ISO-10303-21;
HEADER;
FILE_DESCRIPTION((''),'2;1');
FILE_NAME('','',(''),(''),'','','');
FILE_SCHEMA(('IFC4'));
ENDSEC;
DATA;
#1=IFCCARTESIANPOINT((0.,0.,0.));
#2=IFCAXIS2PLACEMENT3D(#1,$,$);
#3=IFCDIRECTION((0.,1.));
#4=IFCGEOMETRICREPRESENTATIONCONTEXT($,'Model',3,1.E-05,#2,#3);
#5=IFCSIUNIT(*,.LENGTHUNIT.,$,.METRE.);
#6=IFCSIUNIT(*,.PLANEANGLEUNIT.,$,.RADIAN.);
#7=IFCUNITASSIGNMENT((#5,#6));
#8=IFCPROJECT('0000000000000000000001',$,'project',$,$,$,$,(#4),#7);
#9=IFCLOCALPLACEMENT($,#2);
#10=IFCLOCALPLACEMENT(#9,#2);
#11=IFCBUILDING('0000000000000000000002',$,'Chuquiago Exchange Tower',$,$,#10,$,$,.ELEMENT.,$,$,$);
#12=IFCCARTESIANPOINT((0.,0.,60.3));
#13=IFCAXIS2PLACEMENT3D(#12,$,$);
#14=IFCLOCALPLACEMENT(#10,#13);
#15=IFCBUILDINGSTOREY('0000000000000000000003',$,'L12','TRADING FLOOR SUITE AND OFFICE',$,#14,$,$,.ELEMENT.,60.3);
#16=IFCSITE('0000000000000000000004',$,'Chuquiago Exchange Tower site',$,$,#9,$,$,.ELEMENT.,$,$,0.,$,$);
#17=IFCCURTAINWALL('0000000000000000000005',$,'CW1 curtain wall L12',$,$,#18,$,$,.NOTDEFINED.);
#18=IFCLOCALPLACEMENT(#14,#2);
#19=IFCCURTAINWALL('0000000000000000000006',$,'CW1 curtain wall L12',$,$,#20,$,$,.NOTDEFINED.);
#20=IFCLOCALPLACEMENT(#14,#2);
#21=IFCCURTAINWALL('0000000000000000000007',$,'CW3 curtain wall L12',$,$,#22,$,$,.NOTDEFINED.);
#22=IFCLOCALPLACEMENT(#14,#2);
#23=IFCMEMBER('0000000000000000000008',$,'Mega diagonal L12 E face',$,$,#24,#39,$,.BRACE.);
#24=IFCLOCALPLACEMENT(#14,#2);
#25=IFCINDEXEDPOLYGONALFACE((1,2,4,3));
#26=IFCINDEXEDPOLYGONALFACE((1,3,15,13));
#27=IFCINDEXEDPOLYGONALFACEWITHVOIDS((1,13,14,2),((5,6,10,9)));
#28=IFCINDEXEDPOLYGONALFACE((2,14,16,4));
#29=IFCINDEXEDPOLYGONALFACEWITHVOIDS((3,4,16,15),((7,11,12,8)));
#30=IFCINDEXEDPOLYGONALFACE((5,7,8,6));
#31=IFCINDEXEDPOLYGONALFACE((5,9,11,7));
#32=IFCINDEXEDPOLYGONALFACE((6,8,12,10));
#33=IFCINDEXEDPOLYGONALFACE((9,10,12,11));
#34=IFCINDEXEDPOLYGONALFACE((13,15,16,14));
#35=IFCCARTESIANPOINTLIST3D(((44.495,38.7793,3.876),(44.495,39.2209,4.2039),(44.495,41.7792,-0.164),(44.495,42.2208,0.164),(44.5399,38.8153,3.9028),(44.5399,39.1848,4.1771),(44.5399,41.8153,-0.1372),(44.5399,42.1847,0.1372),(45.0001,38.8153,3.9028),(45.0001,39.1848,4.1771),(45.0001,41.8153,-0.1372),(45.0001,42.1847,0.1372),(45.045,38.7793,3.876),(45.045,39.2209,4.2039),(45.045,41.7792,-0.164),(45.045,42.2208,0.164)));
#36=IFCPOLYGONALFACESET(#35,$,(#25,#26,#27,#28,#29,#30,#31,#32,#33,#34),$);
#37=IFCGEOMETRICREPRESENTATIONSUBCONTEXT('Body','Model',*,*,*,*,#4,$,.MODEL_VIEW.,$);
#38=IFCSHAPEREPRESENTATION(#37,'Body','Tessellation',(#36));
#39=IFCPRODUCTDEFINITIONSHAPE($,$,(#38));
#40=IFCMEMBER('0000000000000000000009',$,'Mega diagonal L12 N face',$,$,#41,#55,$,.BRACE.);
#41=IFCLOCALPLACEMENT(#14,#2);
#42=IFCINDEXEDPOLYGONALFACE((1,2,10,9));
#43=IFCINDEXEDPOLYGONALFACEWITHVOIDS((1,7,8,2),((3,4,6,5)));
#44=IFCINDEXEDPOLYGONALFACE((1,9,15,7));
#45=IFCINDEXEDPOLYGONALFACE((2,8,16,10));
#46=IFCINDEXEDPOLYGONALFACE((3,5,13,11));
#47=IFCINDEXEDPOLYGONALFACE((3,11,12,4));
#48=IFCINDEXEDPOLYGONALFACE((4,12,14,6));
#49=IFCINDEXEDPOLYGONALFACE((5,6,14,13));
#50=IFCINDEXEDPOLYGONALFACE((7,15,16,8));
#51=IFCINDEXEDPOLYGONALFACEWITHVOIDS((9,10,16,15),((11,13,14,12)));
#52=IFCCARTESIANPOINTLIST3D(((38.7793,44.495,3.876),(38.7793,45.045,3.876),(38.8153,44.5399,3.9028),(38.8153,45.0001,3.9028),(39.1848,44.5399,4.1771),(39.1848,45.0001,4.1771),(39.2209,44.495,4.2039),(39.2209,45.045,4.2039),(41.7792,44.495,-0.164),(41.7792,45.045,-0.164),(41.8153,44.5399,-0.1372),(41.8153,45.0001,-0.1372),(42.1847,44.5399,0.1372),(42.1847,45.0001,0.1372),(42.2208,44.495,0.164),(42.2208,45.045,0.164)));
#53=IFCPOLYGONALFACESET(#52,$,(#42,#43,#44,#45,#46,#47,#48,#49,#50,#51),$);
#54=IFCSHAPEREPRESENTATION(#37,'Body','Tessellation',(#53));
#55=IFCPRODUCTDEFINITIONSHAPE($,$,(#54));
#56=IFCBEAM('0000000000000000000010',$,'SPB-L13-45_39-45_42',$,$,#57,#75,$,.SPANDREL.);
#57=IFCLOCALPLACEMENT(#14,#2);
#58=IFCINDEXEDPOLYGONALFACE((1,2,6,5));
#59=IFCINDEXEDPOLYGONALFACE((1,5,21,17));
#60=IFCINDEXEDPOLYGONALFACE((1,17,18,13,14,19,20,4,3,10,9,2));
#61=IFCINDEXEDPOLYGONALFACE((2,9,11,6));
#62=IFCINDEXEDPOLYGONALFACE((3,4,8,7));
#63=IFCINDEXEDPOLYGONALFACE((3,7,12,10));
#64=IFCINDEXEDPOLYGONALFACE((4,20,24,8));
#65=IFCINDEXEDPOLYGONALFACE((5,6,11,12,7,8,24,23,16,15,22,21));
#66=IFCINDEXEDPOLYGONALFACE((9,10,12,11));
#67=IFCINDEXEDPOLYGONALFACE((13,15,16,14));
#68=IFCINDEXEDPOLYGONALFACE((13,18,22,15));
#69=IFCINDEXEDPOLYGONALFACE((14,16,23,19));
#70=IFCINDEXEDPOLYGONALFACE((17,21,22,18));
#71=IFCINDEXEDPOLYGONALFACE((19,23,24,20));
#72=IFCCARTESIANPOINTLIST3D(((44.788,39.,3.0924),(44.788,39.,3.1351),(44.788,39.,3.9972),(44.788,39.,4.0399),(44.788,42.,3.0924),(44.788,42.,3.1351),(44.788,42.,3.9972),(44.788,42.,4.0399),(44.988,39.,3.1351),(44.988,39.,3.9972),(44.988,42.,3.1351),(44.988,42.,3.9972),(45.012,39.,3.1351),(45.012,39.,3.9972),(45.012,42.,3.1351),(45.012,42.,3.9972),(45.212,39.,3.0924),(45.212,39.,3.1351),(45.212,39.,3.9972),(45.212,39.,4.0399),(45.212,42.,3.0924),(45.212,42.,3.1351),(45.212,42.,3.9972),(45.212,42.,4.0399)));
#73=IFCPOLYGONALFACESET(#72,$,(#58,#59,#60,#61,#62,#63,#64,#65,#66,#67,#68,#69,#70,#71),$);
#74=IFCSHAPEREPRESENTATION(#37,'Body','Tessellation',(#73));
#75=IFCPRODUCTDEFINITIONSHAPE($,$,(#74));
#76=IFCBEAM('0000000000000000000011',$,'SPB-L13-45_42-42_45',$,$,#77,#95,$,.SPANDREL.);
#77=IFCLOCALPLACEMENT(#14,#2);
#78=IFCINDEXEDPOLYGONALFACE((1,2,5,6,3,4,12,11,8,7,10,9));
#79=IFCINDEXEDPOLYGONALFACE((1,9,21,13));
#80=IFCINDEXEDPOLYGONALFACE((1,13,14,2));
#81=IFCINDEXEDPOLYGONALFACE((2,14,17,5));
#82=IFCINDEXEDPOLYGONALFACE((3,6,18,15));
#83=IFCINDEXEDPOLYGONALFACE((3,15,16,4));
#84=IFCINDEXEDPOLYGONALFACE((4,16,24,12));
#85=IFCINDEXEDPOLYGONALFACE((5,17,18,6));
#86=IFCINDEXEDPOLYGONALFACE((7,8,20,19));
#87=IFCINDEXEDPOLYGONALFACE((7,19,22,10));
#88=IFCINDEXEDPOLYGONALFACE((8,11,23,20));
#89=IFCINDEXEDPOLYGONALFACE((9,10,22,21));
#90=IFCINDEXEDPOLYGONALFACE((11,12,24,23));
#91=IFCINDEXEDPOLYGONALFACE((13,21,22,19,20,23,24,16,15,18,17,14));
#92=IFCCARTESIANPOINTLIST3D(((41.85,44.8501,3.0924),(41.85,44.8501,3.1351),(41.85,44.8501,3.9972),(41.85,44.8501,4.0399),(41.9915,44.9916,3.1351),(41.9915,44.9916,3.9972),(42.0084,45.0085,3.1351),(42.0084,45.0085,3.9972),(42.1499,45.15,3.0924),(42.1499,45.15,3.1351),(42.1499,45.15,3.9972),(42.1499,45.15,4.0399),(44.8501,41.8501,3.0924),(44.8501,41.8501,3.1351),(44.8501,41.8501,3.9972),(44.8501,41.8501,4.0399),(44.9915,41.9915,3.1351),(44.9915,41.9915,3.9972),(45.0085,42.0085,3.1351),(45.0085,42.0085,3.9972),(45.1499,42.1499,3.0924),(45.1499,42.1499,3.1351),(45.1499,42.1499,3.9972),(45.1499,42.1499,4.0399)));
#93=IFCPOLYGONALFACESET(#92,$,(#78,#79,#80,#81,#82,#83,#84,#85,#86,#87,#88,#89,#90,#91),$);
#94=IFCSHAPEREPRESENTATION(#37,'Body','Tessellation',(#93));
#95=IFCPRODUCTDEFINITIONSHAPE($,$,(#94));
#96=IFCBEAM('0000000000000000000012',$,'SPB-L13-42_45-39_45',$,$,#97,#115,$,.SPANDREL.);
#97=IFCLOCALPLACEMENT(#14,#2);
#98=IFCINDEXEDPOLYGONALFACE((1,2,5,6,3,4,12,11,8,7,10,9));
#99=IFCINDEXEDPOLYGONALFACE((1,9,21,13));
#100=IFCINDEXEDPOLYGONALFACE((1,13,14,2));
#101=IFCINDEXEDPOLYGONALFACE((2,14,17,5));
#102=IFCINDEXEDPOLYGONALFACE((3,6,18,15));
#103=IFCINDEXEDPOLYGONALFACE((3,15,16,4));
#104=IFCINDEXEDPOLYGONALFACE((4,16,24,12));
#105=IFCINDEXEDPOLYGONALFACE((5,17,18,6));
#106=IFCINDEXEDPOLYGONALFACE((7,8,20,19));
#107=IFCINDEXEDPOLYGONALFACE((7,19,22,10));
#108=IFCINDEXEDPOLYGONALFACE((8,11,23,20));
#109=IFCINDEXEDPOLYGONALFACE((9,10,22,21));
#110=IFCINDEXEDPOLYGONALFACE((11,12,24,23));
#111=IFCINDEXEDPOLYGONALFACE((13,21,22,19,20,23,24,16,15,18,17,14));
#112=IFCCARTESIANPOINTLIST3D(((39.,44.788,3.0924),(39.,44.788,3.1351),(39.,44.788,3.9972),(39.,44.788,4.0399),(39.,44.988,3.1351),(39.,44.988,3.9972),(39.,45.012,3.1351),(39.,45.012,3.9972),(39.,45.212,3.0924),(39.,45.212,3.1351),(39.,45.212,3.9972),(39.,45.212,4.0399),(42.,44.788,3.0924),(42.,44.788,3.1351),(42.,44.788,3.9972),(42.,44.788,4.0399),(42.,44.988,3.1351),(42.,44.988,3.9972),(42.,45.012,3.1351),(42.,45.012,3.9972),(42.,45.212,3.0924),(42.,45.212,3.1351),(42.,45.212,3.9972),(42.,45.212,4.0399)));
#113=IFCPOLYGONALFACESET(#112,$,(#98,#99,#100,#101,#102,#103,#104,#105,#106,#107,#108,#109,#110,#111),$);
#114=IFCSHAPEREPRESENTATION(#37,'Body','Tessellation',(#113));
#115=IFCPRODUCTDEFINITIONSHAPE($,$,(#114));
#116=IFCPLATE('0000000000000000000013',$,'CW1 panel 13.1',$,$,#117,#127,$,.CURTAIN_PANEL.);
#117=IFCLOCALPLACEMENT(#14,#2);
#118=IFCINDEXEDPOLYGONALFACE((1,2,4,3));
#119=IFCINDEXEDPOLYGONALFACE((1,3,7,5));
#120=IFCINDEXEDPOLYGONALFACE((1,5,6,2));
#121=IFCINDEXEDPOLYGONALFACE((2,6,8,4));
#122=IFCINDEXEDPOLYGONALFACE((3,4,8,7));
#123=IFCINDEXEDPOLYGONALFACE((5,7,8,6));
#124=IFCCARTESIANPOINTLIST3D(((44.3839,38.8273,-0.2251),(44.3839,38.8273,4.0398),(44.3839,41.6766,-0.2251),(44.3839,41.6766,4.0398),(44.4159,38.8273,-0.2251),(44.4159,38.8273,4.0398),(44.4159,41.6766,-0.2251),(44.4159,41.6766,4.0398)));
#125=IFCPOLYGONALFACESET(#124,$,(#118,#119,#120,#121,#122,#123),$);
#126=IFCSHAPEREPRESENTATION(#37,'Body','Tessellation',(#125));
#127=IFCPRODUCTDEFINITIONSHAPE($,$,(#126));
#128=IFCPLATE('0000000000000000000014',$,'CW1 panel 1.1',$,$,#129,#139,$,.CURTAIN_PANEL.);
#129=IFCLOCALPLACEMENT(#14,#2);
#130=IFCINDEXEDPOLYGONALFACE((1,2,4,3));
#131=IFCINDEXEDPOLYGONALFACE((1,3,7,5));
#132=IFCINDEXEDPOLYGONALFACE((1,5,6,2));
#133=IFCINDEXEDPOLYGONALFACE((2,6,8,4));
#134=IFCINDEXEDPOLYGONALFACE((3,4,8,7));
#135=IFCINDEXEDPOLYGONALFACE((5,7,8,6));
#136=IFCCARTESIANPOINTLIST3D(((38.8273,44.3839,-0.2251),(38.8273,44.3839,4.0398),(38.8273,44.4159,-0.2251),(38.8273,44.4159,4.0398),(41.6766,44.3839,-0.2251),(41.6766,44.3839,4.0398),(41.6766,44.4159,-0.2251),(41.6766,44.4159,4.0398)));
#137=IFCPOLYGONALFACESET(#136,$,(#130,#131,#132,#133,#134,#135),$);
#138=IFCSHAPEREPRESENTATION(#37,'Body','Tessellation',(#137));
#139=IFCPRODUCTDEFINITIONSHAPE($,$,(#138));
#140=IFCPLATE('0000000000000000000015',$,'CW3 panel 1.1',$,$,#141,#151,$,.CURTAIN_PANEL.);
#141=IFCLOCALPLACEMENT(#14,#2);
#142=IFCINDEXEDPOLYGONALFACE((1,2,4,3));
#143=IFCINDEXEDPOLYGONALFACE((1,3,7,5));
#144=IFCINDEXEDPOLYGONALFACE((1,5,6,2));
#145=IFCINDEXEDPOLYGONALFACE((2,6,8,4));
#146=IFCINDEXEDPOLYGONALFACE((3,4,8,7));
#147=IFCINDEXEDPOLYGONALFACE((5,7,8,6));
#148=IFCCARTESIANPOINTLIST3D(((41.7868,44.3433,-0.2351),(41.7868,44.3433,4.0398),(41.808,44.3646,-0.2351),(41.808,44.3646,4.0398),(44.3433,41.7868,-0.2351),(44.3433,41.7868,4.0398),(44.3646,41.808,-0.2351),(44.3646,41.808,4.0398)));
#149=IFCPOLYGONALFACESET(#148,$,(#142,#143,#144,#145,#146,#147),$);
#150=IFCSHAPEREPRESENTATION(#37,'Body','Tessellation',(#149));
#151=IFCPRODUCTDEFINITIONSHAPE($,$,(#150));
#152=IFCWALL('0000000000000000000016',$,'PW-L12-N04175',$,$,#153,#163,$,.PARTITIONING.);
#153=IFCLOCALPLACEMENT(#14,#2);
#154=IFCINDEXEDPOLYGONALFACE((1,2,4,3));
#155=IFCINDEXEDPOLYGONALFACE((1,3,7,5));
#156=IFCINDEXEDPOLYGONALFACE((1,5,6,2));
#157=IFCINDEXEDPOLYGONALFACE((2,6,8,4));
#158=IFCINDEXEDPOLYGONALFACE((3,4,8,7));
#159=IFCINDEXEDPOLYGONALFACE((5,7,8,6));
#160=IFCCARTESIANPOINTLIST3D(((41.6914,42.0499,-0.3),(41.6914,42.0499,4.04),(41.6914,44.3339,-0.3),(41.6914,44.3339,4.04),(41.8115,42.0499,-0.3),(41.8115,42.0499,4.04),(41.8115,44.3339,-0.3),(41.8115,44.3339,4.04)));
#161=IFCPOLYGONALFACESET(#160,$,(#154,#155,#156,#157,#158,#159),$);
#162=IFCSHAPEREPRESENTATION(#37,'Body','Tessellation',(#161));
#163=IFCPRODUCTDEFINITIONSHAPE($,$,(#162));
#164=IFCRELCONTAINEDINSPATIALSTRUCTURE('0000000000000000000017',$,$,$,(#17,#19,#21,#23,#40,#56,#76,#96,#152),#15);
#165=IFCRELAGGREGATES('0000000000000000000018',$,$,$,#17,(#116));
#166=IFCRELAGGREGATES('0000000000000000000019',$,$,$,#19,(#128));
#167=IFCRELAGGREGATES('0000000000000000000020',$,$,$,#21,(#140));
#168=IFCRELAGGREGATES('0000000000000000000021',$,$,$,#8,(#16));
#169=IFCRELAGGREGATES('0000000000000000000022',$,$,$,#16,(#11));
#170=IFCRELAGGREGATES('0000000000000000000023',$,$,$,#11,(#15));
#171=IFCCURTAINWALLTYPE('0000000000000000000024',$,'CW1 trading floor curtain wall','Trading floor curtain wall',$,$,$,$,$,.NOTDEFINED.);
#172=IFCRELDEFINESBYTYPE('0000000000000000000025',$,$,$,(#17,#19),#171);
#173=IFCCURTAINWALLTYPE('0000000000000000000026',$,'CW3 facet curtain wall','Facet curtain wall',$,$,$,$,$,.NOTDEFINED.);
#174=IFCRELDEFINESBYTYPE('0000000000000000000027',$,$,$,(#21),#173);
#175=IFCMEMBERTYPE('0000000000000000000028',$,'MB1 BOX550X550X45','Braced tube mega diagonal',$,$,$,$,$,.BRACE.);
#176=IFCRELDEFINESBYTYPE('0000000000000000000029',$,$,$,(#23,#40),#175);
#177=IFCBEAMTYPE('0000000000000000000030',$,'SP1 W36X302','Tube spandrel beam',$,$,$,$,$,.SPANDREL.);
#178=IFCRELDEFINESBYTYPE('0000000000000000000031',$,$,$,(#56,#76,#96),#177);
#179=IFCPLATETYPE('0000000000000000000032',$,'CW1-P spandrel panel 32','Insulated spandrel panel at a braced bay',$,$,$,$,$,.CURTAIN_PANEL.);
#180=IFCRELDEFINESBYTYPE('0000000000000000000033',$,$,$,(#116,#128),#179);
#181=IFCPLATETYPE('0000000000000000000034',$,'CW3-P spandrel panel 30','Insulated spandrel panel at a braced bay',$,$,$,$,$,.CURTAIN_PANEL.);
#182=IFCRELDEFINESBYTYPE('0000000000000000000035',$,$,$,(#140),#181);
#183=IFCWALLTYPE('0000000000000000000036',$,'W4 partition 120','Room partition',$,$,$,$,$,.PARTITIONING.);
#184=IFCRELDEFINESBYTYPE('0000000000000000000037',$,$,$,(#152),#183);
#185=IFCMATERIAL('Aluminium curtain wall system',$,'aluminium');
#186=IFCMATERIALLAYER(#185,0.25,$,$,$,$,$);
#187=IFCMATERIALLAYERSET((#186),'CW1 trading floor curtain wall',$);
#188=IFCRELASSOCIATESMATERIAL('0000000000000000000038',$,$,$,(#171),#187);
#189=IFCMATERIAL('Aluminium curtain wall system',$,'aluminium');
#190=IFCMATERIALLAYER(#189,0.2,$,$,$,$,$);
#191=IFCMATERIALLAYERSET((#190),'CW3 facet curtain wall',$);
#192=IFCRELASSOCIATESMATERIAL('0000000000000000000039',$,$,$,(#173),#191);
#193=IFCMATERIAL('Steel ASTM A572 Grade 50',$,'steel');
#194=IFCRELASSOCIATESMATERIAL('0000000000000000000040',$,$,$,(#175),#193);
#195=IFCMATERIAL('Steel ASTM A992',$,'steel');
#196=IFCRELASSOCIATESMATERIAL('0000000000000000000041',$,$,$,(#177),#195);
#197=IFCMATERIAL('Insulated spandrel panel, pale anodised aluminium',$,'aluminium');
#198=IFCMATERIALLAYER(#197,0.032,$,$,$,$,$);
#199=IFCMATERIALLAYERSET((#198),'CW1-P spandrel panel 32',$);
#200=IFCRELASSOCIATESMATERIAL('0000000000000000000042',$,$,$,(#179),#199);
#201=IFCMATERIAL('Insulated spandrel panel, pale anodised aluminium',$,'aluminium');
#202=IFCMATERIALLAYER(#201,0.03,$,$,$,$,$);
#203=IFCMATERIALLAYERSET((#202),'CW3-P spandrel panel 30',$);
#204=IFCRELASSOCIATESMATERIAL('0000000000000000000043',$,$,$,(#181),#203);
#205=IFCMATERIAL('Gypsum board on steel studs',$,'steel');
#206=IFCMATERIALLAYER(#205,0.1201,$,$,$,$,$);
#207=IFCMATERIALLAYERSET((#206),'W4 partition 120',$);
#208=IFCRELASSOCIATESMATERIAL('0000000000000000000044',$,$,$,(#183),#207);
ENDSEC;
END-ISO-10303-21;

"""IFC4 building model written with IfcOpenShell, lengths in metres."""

from ifc_helpers import new_model, si_unit, direction, frame, frame_2d, origin, origin_2d, place, context, subcontext, project, spatial, rectangle, hollow_rectangle, i_section, extrude, material, layer, layer_set, material_profile, profile_set, type_object, element, aggregate, save


model = new_model("IFC4")

# Units and contexts
model_context = context("Model", 3, precision=1e-05, world=origin(), true_north=direction((0.0, 1.0)))
body_context = subcontext(model_context, "Body", "Model", "MODEL_VIEW")
ifc_project = project(units=[si_unit("LENGTHUNIT", "METRE"), si_unit("PLANEANGLEUNIT", "RADIAN")], contexts=[model_context])

# Site, building, storey
site_placement = place(None, origin())
site = spatial("IfcSite", under=ifc_project, at=site_placement, Name="Chuquiago Exchange Tower site", CompositionType="ELEMENT", RefElevation=0.0)
building_placement = place(site_placement, origin())
building = spatial("IfcBuilding", under=site, at=building_placement, Name="Chuquiago Exchange Tower", CompositionType="ELEMENT")
storey_placement = place(building_placement, frame((0.0, 0.0, 60.3)))
storey = spatial("IfcBuildingStorey", under=building, at=storey_placement, Name="L12", Description="TRADING FLOOR SUITE AND OFFICE", CompositionType="ELEMENT", Elevation=60.3)

# Curtain walls
ifc_material_1 = material(Name="Aluminium curtain wall system", Category="aluminium")
ifc_layer_1 = layer(ifc_material_1, 0.25)
ifc_layer_set_1 = layer_set([ifc_layer_1], Name="CW1 trading floor curtain wall")
curtain_wall_type_1 = type_object("IfcCurtainWallType", Name="CW1 trading floor curtain wall", Description="Trading floor curtain wall", PredefinedType="NOTDEFINED", material=ifc_layer_set_1)
curtain_wall_1_placement = place(storey_placement, origin())
curtain_wall_1 = element("IfcCurtainWall", 1, at=curtain_wall_1_placement, inside=storey, type_object=curtain_wall_type_1, Name="CW1 curtain wall L12", PredefinedType="NOTDEFINED")
curtain_wall_2_placement = place(storey_placement, origin())
curtain_wall_2 = element("IfcCurtainWall", 2, at=curtain_wall_2_placement, inside=storey, type_object=curtain_wall_type_1, Name="CW1 curtain wall L12", PredefinedType="NOTDEFINED")

# Curtain wall
ifc_material_2 = material(Name="Aluminium curtain wall system", Category="aluminium")
ifc_layer_2 = layer(ifc_material_2, 0.2)
ifc_layer_set_2 = layer_set([ifc_layer_2], Name="CW3 facet curtain wall")
curtain_wall_type_2 = type_object("IfcCurtainWallType", Name="CW3 facet curtain wall", Description="Facet curtain wall", PredefinedType="NOTDEFINED", material=ifc_layer_set_2)
curtain_wall_3_placement = place(storey_placement, origin())
curtain_wall_3 = element("IfcCurtainWall", 3, at=curtain_wall_3_placement, inside=storey, type_object=curtain_wall_type_2, Name="CW3 curtain wall L12", PredefinedType="NOTDEFINED")

# Members
ifc_material_3 = material(Name="Steel ASTM A572 Grade 50", Category="steel")
ifc_material_profile_1 = material_profile(ifc_material_3, hollow_rectangle(XDim=0.55, YDim=0.55, WallThickness=0.0449, at=origin_2d()), Name="BOX550X550X45")
ifc_profile_set_1 = profile_set([ifc_material_profile_1], Name="Steel ASTM A572 Grade 50")
member_type_1 = type_object("IfcMemberType", Name="MB1 BOX550X550X45", Description="Braced tube mega diagonal", PredefinedType="BRACE", material=ifc_profile_set_1)
for number, where, z_axis, x_axis, name in (
    (4, (44.77, 42.0, 0.0), (0.0, -0.596174, 0.802855), (1.0, 0.0, 0.0), "Mega diagonal L12 E face"),
    (5, (42.0, 44.77, 0.0), (-0.596174, 0.0, 0.802855), (0.0, -1.0, 0.0), "Mega diagonal L12 N face"),
):
    element("IfcMember", number, at=place(storey_placement, frame(where, z_axis=z_axis, x_axis=x_axis)), inside=storey, type_object=member_type_1, Name=name, PredefinedType="BRACE", context=body_context, shape_type="SweptSolid", body=[
        extrude(hollow_rectangle(XDim=0.55, YDim=0.55, WallThickness=0.0449, at=origin_2d()), origin(), (0.0, 0.0, 1.0), 5.032),
    ])

# Beams
ifc_material_4 = material(Name="Steel ASTM A992", Category="steel")
ifc_material_profile_2 = material_profile(ifc_material_4, i_section(OverallWidth=0.4241, OverallDepth=0.9475, WebThickness=0.0239, FlangeThickness=0.0427, at=origin_2d()), Name="W36X302")
ifc_profile_set_2 = profile_set([ifc_material_profile_2], Name="Steel ASTM A992")
beam_type = type_object("IfcBeamType", Name="SP1 W36X302", Description="Tube spandrel beam", PredefinedType="SPANDREL", material=ifc_profile_set_2)
beam_1_placement = place(storey_placement, frame((45.0, 39.0, 3.5662), z_axis=(0.0, 1.0, 0.0), x_axis=(-1.0, 0.0, 0.0)))
element("IfcBeam", 6, at=beam_1_placement, inside=storey, type_object=beam_type, Name="SPB-L13-45_39-45_42", PredefinedType="SPANDREL", context=body_context, shape_type="SweptSolid", body=[
    extrude(i_section(OverallWidth=0.4241, OverallDepth=0.9475, WebThickness=0.0239, FlangeThickness=0.0427, at=origin_2d()), origin(), (0.0, 0.0, 1.0), 3.0),
])
beam_2_placement = place(storey_placement, frame((45.0, 42.0, 3.5662), z_axis=(-0.707107, 0.707107, 0.0), x_axis=(-0.707107, -0.707107, 0.0)))
element("IfcBeam", 7, at=beam_2_placement, inside=storey, type_object=beam_type, Name="SPB-L13-45_42-42_45", PredefinedType="SPANDREL", context=body_context, shape_type="SweptSolid", body=[
    extrude(i_section(OverallWidth=0.4241, OverallDepth=0.9475, WebThickness=0.0239, FlangeThickness=0.0427, at=origin_2d()), origin(), (0.0, 0.0, 1.0), 4.2427),
])
beam_3_placement = place(storey_placement, frame((42.0, 45.0, 3.5662), z_axis=(-1.0, 0.0, 0.0), x_axis=(0.0, -1.0, 0.0)))
element("IfcBeam", 8, at=beam_3_placement, inside=storey, type_object=beam_type, Name="SPB-L13-42_45-39_45", PredefinedType="SPANDREL", context=body_context, shape_type="SweptSolid", body=[
    extrude(i_section(OverallWidth=0.4241, OverallDepth=0.9475, WebThickness=0.0239, FlangeThickness=0.0427, at=origin_2d()), origin(), (0.0, 0.0, 1.0), 3.0),
])

# Plates
ifc_material_5 = material(Name="Insulated spandrel panel, pale anodised aluminium", Category="aluminium")
ifc_layer_3 = layer(ifc_material_5, 0.032)
ifc_layer_set_3 = layer_set([ifc_layer_3], Name="CW1-P spandrel panel 32")
plate_type_1 = type_object("IfcPlateType", Name="CW1-P spandrel panel 32", Description="Insulated spandrel panel at a braced bay", PredefinedType="CURTAIN_PANEL", material=ifc_layer_set_3)
plate_1_placement = place(storey_placement, frame((44.3999, 40.252, -0.2251), z_axis=(0.0, 0.0, 1.0), x_axis=(0.0, 1.0, 0.0)))
plate_1 = element("IfcPlate", 9, at=plate_1_placement, type_object=plate_type_1, Name="CW1 panel 13.1", PredefinedType="CURTAIN_PANEL", context=body_context, shape_type="SweptSolid", body=[
    extrude(rectangle(XDim=2.8494, YDim=0.032, at=origin_2d()), origin(), (0.0, 0.0, 1.0), 4.2649),
])
aggregate(curtain_wall_1, [plate_1])
plate_2_placement = place(storey_placement, frame((40.252, 44.3999, -0.2251), z_axis=(0.0, 0.0, 1.0), x_axis=(-1.0, 0.0, 0.0)))
plate_2 = element("IfcPlate", 10, at=plate_2_placement, type_object=plate_type_1, Name="CW1 panel 1.1", PredefinedType="CURTAIN_PANEL", context=body_context, shape_type="SweptSolid", body=[
    extrude(rectangle(XDim=2.8494, YDim=0.032, at=origin_2d()), origin(), (0.0, 0.0, 1.0), 4.2649),
])
aggregate(curtain_wall_2, [plate_2])
ifc_material_6 = material(Name="Insulated spandrel panel, pale anodised aluminium", Category="aluminium")
ifc_layer_4 = layer(ifc_material_6, 0.03)
ifc_layer_set_4 = layer_set([ifc_layer_4], Name="CW3-P spandrel panel 30")
plate_type_2 = type_object("IfcPlateType", Name="CW3-P spandrel panel 30", Description="Insulated spandrel panel at a braced bay", PredefinedType="CURTAIN_PANEL", material=ifc_layer_set_4)
plate_3_placement = place(storey_placement, frame((43.0757, 43.0757, -0.2351), z_axis=(0.0, 0.0, 1.0), x_axis=(-0.707107, 0.707107, 0.0)))
plate_3 = element("IfcPlate", 11, at=plate_3_placement, type_object=plate_type_2, Name="CW3 panel 1.1", PredefinedType="CURTAIN_PANEL", context=body_context, shape_type="SweptSolid", body=[
    extrude(rectangle(XDim=3.6155, YDim=0.03, at=origin_2d()), origin(), (0.0, 0.0, 1.0), 4.2749),
])
aggregate(curtain_wall_3, [plate_3])

# Wall
ifc_material_7 = material(Name="Gypsum board on steel studs", Category="steel")
ifc_layer_5 = layer(ifc_material_7, 0.1201)
ifc_layer_set_5 = layer_set([ifc_layer_5], Name="W4 partition 120")
wall_type = type_object("IfcWallType", Name="W4 partition 120", Description="Room partition", PredefinedType="PARTITIONING", material=ifc_layer_set_5)
wall_placement = place(storey_placement, frame((41.7515, 44.334, -0.3), z_axis=(0.0, 0.0, 1.0), x_axis=(0.0, -1.0, 0.0)))
element("IfcWall", 12, at=wall_placement, inside=storey, type_object=wall_type, Name="PW-L12-N04175", PredefinedType="PARTITIONING", context=body_context, shape_type="SweptSolid", body=[
    extrude(rectangle(XDim=2.2839, YDim=0.1201, at=frame_2d((1.1421, 0.0))), origin(), (0.0, 0.0, 1.0), 4.3401),
])

save(model, "model.ifc")
